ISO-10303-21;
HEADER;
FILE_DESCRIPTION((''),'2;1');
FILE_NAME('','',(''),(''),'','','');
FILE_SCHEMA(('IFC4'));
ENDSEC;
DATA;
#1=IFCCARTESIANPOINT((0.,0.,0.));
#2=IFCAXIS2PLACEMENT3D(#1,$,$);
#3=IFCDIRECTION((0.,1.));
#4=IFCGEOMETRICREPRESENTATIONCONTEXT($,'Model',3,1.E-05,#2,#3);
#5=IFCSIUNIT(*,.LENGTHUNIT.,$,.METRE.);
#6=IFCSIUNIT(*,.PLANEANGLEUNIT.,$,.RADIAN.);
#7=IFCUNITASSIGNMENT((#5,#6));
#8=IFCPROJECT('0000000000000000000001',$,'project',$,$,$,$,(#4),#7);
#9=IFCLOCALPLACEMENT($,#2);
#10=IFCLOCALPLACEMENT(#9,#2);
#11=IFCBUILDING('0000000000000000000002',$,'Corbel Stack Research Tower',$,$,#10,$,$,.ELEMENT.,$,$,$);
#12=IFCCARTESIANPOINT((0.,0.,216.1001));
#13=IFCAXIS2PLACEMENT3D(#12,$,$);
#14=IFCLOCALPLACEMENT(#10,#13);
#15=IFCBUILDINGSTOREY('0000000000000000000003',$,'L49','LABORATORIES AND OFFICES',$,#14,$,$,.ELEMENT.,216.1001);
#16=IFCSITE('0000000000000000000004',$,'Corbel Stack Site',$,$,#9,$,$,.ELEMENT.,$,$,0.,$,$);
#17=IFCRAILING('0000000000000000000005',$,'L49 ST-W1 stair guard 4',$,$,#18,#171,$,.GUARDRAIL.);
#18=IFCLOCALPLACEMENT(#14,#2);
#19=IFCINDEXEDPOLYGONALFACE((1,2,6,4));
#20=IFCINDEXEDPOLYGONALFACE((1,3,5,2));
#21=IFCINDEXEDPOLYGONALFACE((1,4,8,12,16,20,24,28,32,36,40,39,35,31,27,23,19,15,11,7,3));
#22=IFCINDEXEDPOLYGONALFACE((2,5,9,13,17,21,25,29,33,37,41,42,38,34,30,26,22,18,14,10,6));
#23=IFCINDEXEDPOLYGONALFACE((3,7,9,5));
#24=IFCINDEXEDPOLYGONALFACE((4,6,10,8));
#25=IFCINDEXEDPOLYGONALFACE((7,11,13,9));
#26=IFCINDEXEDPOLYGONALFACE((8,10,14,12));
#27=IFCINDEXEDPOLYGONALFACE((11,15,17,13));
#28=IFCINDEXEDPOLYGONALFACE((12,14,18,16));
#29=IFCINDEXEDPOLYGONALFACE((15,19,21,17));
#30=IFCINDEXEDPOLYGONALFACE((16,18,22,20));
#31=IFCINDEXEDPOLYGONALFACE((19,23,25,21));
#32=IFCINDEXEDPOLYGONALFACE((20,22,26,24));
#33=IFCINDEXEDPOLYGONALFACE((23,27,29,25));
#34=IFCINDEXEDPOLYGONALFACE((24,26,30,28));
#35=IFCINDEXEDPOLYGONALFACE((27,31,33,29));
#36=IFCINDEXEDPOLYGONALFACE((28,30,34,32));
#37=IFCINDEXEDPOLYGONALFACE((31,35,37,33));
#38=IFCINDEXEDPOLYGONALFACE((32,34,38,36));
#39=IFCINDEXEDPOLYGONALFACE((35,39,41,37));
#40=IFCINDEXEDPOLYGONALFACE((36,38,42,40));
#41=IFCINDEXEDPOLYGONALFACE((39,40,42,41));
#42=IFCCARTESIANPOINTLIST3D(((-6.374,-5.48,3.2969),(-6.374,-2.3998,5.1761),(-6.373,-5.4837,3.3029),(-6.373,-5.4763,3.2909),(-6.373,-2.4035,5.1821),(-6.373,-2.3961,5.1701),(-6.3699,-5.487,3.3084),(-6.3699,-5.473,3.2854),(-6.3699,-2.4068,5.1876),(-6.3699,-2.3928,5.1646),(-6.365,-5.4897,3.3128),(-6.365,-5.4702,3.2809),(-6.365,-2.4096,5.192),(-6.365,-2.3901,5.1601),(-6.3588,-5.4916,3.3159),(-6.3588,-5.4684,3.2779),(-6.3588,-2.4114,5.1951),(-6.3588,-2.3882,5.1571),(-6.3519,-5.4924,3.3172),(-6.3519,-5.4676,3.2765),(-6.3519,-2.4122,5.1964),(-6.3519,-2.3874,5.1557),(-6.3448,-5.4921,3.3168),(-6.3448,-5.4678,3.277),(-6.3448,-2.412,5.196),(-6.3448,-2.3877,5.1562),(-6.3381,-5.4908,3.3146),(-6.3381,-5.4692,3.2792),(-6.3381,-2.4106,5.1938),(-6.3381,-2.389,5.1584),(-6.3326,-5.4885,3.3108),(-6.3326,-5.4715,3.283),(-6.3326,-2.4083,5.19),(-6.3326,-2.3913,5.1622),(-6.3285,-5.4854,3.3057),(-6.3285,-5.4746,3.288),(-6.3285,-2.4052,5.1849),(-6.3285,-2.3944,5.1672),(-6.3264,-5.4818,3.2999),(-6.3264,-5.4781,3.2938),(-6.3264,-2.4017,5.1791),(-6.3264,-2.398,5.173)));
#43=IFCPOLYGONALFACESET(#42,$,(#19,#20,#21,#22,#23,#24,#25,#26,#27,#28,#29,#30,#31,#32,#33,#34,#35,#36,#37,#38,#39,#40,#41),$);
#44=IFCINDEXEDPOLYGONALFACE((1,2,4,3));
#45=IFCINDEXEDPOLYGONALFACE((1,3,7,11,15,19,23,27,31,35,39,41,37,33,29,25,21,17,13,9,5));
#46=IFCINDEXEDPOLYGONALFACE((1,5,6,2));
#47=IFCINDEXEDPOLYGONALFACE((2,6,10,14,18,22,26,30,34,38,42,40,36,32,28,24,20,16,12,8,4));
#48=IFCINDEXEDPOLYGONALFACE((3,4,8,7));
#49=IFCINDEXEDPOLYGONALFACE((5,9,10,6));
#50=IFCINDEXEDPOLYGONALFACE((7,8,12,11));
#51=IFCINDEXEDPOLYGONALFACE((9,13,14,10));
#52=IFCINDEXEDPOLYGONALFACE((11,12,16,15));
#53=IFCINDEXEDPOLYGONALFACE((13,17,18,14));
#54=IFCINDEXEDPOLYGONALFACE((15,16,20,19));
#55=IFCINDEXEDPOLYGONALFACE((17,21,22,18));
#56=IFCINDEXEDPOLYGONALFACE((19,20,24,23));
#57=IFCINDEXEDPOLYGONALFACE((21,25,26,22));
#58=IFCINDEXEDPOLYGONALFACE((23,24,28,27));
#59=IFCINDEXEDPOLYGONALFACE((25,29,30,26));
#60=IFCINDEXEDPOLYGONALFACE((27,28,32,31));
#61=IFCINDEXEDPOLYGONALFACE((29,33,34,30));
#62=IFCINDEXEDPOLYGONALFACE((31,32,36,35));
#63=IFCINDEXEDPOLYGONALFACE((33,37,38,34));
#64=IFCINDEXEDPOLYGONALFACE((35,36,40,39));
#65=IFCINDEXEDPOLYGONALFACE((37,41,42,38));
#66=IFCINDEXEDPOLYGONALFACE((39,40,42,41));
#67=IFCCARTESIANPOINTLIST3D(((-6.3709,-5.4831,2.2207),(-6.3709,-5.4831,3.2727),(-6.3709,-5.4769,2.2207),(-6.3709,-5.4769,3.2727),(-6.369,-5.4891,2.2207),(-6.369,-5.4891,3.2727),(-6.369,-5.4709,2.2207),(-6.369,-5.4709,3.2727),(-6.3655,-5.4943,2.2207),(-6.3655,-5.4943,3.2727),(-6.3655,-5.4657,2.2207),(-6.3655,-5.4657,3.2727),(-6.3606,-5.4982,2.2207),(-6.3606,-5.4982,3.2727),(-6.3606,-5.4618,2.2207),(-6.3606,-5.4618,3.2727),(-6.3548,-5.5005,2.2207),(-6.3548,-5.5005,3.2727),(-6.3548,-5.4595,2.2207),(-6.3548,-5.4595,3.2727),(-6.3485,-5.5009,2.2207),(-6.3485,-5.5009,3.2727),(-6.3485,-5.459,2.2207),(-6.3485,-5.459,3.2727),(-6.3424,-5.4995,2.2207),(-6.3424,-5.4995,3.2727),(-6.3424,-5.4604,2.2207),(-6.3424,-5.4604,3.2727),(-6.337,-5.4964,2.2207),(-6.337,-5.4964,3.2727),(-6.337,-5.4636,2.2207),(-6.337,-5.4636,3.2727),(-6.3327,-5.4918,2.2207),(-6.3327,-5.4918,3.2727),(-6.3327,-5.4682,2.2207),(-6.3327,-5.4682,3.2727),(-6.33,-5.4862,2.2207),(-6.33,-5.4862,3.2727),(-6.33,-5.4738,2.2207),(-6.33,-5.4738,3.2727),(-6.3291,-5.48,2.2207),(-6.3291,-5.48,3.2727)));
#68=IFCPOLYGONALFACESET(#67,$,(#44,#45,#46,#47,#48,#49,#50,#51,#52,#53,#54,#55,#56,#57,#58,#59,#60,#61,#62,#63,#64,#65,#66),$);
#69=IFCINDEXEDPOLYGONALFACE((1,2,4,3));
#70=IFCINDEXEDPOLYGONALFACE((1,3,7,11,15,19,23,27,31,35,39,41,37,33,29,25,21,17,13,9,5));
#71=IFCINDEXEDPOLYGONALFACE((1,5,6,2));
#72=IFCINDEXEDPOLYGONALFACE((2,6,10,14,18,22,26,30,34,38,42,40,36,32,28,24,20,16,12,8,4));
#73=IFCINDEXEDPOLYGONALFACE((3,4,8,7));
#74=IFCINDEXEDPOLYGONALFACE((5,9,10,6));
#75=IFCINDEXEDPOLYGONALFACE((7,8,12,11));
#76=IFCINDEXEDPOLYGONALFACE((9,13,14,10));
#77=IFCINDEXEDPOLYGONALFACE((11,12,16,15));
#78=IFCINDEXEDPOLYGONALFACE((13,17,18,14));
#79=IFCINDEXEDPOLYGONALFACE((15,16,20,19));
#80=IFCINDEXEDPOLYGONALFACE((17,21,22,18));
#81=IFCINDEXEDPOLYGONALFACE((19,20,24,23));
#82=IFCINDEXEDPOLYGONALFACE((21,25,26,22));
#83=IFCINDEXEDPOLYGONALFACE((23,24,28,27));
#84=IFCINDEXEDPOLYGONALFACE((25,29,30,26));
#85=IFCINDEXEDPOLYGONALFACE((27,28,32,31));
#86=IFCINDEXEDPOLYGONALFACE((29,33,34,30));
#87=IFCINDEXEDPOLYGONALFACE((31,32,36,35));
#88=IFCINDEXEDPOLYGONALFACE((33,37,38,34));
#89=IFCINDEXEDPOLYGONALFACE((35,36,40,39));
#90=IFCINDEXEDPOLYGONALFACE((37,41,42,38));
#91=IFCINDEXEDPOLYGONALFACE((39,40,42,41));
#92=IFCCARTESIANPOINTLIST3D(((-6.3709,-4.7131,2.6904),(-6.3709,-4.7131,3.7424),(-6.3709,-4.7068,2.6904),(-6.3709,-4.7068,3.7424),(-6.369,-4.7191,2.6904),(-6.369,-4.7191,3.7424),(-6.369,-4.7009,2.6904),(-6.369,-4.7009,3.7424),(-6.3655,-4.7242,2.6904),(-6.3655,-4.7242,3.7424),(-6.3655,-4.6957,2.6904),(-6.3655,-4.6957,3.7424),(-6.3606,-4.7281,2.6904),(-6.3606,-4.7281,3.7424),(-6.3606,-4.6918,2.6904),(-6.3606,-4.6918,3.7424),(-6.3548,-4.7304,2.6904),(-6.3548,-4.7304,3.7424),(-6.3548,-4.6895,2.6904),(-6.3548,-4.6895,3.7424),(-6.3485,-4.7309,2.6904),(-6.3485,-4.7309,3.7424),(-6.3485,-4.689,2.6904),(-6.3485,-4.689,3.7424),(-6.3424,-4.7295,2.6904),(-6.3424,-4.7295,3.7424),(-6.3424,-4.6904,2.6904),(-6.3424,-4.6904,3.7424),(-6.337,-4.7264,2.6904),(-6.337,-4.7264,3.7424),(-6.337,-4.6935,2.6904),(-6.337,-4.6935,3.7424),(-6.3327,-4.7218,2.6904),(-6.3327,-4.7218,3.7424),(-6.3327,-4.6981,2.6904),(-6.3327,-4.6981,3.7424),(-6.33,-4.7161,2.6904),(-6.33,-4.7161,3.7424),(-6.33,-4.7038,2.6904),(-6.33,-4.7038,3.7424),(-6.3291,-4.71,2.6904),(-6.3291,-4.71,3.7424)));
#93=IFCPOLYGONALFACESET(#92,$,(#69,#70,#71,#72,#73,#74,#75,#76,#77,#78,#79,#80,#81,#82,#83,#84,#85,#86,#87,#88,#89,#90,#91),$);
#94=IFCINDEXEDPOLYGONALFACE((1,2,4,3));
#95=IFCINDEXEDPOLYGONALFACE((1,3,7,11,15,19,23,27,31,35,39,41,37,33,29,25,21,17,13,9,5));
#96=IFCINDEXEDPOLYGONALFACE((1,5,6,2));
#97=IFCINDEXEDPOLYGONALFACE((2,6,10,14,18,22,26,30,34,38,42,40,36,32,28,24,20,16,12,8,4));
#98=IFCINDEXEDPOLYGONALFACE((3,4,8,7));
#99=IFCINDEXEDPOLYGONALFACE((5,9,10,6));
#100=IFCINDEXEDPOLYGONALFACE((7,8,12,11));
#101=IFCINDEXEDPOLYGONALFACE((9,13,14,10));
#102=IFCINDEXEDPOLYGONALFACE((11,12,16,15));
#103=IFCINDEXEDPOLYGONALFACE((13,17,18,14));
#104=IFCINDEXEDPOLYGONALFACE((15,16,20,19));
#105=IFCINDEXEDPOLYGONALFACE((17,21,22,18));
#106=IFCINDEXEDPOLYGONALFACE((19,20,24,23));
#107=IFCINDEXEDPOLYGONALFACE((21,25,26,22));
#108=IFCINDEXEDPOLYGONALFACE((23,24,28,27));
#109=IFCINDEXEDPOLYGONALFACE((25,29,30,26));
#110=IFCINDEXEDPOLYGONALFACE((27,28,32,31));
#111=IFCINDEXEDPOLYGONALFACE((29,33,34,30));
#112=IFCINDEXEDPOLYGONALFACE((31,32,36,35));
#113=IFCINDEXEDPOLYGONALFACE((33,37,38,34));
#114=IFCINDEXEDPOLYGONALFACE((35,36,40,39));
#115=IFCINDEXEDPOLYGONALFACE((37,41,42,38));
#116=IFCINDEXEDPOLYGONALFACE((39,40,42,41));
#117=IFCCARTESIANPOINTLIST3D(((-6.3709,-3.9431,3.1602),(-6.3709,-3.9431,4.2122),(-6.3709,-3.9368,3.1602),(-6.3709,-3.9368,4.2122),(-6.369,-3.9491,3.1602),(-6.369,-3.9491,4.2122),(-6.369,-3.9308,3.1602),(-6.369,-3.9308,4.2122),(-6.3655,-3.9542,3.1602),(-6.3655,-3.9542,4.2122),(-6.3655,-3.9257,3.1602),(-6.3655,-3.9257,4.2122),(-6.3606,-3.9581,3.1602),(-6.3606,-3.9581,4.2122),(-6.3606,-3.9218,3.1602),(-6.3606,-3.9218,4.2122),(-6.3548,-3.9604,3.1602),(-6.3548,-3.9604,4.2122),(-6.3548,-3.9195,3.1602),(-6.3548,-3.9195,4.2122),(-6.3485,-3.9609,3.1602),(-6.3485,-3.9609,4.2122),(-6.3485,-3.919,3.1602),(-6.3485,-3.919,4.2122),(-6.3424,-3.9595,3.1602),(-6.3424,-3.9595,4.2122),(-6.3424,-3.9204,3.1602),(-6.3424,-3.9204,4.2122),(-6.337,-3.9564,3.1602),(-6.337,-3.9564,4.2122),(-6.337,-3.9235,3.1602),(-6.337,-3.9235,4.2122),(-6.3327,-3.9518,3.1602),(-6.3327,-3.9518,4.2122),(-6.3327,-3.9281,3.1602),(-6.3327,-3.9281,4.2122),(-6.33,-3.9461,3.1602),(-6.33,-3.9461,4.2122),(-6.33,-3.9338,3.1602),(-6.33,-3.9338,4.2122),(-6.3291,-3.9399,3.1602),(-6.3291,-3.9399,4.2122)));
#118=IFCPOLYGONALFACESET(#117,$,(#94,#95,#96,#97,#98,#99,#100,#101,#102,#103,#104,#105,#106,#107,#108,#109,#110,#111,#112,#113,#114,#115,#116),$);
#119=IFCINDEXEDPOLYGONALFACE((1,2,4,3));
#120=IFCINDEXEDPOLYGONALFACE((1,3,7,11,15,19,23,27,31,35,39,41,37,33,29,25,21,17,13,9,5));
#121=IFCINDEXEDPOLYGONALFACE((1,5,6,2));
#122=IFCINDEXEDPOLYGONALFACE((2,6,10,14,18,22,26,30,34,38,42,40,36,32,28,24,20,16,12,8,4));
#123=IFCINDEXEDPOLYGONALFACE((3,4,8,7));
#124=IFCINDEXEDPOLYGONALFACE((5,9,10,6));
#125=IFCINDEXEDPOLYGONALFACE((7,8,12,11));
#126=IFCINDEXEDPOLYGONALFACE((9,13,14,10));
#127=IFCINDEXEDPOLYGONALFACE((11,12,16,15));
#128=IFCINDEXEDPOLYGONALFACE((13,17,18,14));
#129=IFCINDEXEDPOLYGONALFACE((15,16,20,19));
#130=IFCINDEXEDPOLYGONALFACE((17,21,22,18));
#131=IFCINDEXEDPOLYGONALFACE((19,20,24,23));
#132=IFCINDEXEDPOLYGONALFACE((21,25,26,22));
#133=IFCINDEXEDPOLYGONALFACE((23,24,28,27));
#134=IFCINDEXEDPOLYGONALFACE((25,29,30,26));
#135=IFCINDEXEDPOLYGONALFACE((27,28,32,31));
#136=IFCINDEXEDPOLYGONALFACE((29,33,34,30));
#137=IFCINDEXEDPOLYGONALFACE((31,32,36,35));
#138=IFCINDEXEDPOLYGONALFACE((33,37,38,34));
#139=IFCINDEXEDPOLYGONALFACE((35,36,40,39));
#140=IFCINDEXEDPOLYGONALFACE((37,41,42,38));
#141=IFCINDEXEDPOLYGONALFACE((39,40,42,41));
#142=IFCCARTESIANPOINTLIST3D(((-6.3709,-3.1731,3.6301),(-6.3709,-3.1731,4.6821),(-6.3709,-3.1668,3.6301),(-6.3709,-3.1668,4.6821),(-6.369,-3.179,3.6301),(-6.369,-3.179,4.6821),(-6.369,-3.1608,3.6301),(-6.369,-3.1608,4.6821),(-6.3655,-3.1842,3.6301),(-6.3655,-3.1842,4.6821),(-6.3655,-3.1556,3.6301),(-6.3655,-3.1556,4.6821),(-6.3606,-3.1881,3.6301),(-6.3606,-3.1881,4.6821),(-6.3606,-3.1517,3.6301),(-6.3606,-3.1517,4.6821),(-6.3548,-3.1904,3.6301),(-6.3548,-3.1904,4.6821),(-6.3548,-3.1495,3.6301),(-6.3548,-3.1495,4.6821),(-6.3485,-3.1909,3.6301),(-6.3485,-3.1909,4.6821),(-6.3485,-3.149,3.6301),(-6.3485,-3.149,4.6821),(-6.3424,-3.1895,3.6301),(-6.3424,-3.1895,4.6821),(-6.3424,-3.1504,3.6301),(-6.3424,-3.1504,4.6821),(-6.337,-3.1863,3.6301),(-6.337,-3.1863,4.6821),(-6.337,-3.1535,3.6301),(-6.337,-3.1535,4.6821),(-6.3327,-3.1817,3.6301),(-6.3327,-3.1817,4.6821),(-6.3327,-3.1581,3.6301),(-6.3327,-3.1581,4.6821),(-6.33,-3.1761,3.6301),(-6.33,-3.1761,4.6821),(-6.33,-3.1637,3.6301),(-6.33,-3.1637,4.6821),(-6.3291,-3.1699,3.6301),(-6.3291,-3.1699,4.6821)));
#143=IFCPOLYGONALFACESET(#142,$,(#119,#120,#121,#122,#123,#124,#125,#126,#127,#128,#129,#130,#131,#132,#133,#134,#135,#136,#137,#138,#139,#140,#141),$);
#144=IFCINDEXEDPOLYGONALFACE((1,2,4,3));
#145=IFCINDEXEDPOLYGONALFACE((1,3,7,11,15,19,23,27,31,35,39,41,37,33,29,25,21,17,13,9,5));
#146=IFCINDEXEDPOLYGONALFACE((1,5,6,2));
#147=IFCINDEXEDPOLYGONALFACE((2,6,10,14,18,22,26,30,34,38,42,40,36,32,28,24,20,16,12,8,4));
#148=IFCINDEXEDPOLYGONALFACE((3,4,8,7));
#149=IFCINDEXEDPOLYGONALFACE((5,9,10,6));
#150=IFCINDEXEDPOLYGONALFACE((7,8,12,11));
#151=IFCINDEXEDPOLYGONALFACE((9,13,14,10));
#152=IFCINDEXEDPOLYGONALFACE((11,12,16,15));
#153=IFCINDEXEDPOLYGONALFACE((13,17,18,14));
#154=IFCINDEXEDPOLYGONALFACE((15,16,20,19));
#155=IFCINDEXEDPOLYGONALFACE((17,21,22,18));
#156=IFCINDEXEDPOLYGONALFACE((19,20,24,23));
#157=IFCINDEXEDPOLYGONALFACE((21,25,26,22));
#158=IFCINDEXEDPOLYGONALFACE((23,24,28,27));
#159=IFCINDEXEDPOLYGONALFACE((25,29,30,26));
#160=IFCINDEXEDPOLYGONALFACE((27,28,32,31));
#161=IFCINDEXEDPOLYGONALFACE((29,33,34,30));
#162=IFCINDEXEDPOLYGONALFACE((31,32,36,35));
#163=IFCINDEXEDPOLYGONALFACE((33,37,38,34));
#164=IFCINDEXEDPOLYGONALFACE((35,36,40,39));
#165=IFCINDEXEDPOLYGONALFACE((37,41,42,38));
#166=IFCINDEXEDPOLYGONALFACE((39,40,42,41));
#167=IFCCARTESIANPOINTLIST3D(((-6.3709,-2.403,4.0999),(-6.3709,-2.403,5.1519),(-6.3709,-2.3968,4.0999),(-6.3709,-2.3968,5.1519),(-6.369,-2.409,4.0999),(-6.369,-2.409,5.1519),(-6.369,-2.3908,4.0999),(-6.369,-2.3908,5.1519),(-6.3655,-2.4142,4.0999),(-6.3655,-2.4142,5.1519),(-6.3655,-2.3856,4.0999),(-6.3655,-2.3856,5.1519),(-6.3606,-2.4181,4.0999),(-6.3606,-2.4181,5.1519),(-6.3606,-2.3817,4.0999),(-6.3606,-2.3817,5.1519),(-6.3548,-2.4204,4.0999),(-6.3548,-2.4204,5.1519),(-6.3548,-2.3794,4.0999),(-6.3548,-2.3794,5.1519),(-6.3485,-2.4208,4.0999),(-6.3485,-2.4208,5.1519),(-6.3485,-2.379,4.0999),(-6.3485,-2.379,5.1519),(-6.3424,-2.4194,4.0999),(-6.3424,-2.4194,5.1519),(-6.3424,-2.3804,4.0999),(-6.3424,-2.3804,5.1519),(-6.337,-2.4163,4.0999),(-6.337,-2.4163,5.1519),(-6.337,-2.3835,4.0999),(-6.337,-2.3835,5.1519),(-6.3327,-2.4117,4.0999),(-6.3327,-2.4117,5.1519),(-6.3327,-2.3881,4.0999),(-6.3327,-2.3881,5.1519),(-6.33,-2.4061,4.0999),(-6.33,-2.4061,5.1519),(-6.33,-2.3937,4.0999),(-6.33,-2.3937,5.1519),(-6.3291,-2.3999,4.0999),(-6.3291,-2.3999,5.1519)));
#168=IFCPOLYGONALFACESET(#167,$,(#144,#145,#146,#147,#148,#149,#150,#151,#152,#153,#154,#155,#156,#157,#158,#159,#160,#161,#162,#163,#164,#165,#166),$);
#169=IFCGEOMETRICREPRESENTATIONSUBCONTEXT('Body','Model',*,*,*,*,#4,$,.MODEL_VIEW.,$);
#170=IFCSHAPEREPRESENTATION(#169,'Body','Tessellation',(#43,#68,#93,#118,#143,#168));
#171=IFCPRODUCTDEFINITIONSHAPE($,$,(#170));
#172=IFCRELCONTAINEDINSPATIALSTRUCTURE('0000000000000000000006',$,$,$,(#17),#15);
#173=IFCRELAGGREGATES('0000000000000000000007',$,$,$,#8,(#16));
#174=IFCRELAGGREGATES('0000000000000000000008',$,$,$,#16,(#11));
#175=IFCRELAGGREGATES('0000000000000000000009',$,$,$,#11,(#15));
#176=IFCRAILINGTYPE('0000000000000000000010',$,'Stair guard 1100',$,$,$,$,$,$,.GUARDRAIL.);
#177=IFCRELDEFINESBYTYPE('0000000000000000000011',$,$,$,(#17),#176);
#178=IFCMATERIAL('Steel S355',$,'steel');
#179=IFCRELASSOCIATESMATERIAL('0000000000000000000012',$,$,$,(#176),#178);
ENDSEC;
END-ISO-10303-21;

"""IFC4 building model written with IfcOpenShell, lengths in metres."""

from ifc_helpers import new_model, si_unit, direction, frame, origin, origin_2d, place, context, subcontext, project, spatial, circle, extrude, material, type_object, element, save


model = new_model("IFC4")

# Units and contexts
model_context = context("Model", 3, precision=1e-05, world=origin(), true_north=direction((0.0, 1.0)))
body_context = subcontext(model_context, "Body", "Model", "MODEL_VIEW")
ifc_project = project(units=[si_unit("LENGTHUNIT", "METRE"), si_unit("PLANEANGLEUNIT", "RADIAN")], contexts=[model_context])

# Site, building, storey
site_placement = place(None, origin())
site = spatial("IfcSite", under=ifc_project, at=site_placement, Name="Corbel Stack Site", CompositionType="ELEMENT", RefElevation=0.0)
building_placement = place(site_placement, origin())
building = spatial("IfcBuilding", under=site, at=building_placement, Name="Corbel Stack Research Tower", CompositionType="ELEMENT")
storey_placement = place(building_placement, frame((0.0, 0.0, 216.1001)))
storey = spatial("IfcBuildingStorey", under=building, at=storey_placement, Name="L49", Description="LABORATORIES AND OFFICES", CompositionType="ELEMENT", Elevation=216.1001)

# Railing
ifc_material_1 = material(Name="Steel S355", Category="steel")
railing_type_1 = type_object("IfcRailingType", Name="Stair guard 1100", PredefinedType="GUARDRAIL", material=ifc_material_1)
railing_1_placement = place(storey_placement, frame((-6.3501, -5.48, 2.2207)))
element("IfcRailing", 1, at=railing_1_placement, inside=storey, type_object=railing_type_1, Name="L49 ST-W1 stair guard 4", PredefinedType="GUARDRAIL", context=body_context, shape_type="SweptSolid", body=[
    extrude(circle(Radius=0.0239, at=origin_2d()), frame((0.0, 0.0, 1.0762), z_axis=(0.0, 0.853666, 0.52082), x_axis=(-1.0, 0.0, 0.0)), (0.0, 0.0, 1.0), 3.6082),
    extrude(circle(Radius=0.021, at=origin_2d()), origin(), (0.0, 0.0, 1.0), 1.052),
    extrude(circle(Radius=0.021, at=origin_2d()), frame((0.0, 0.77, 0.4697)), (0.0, 0.0, 1.0), 1.052),
    extrude(circle(Radius=0.021, at=origin_2d()), frame((0.0, 1.54, 0.9395)), (0.0, 0.0, 1.0), 1.052),
    extrude(circle(Radius=0.021, at=origin_2d()), frame((0.0, 2.3101, 1.4094)), (0.0, 0.0, 1.0), 1.052),
    extrude(circle(Radius=0.021, at=origin_2d()), frame((0.0, 3.0801, 1.8792)), (0.0, 0.0, 1.0), 1.052),
])

save(model, "model.ifc")
